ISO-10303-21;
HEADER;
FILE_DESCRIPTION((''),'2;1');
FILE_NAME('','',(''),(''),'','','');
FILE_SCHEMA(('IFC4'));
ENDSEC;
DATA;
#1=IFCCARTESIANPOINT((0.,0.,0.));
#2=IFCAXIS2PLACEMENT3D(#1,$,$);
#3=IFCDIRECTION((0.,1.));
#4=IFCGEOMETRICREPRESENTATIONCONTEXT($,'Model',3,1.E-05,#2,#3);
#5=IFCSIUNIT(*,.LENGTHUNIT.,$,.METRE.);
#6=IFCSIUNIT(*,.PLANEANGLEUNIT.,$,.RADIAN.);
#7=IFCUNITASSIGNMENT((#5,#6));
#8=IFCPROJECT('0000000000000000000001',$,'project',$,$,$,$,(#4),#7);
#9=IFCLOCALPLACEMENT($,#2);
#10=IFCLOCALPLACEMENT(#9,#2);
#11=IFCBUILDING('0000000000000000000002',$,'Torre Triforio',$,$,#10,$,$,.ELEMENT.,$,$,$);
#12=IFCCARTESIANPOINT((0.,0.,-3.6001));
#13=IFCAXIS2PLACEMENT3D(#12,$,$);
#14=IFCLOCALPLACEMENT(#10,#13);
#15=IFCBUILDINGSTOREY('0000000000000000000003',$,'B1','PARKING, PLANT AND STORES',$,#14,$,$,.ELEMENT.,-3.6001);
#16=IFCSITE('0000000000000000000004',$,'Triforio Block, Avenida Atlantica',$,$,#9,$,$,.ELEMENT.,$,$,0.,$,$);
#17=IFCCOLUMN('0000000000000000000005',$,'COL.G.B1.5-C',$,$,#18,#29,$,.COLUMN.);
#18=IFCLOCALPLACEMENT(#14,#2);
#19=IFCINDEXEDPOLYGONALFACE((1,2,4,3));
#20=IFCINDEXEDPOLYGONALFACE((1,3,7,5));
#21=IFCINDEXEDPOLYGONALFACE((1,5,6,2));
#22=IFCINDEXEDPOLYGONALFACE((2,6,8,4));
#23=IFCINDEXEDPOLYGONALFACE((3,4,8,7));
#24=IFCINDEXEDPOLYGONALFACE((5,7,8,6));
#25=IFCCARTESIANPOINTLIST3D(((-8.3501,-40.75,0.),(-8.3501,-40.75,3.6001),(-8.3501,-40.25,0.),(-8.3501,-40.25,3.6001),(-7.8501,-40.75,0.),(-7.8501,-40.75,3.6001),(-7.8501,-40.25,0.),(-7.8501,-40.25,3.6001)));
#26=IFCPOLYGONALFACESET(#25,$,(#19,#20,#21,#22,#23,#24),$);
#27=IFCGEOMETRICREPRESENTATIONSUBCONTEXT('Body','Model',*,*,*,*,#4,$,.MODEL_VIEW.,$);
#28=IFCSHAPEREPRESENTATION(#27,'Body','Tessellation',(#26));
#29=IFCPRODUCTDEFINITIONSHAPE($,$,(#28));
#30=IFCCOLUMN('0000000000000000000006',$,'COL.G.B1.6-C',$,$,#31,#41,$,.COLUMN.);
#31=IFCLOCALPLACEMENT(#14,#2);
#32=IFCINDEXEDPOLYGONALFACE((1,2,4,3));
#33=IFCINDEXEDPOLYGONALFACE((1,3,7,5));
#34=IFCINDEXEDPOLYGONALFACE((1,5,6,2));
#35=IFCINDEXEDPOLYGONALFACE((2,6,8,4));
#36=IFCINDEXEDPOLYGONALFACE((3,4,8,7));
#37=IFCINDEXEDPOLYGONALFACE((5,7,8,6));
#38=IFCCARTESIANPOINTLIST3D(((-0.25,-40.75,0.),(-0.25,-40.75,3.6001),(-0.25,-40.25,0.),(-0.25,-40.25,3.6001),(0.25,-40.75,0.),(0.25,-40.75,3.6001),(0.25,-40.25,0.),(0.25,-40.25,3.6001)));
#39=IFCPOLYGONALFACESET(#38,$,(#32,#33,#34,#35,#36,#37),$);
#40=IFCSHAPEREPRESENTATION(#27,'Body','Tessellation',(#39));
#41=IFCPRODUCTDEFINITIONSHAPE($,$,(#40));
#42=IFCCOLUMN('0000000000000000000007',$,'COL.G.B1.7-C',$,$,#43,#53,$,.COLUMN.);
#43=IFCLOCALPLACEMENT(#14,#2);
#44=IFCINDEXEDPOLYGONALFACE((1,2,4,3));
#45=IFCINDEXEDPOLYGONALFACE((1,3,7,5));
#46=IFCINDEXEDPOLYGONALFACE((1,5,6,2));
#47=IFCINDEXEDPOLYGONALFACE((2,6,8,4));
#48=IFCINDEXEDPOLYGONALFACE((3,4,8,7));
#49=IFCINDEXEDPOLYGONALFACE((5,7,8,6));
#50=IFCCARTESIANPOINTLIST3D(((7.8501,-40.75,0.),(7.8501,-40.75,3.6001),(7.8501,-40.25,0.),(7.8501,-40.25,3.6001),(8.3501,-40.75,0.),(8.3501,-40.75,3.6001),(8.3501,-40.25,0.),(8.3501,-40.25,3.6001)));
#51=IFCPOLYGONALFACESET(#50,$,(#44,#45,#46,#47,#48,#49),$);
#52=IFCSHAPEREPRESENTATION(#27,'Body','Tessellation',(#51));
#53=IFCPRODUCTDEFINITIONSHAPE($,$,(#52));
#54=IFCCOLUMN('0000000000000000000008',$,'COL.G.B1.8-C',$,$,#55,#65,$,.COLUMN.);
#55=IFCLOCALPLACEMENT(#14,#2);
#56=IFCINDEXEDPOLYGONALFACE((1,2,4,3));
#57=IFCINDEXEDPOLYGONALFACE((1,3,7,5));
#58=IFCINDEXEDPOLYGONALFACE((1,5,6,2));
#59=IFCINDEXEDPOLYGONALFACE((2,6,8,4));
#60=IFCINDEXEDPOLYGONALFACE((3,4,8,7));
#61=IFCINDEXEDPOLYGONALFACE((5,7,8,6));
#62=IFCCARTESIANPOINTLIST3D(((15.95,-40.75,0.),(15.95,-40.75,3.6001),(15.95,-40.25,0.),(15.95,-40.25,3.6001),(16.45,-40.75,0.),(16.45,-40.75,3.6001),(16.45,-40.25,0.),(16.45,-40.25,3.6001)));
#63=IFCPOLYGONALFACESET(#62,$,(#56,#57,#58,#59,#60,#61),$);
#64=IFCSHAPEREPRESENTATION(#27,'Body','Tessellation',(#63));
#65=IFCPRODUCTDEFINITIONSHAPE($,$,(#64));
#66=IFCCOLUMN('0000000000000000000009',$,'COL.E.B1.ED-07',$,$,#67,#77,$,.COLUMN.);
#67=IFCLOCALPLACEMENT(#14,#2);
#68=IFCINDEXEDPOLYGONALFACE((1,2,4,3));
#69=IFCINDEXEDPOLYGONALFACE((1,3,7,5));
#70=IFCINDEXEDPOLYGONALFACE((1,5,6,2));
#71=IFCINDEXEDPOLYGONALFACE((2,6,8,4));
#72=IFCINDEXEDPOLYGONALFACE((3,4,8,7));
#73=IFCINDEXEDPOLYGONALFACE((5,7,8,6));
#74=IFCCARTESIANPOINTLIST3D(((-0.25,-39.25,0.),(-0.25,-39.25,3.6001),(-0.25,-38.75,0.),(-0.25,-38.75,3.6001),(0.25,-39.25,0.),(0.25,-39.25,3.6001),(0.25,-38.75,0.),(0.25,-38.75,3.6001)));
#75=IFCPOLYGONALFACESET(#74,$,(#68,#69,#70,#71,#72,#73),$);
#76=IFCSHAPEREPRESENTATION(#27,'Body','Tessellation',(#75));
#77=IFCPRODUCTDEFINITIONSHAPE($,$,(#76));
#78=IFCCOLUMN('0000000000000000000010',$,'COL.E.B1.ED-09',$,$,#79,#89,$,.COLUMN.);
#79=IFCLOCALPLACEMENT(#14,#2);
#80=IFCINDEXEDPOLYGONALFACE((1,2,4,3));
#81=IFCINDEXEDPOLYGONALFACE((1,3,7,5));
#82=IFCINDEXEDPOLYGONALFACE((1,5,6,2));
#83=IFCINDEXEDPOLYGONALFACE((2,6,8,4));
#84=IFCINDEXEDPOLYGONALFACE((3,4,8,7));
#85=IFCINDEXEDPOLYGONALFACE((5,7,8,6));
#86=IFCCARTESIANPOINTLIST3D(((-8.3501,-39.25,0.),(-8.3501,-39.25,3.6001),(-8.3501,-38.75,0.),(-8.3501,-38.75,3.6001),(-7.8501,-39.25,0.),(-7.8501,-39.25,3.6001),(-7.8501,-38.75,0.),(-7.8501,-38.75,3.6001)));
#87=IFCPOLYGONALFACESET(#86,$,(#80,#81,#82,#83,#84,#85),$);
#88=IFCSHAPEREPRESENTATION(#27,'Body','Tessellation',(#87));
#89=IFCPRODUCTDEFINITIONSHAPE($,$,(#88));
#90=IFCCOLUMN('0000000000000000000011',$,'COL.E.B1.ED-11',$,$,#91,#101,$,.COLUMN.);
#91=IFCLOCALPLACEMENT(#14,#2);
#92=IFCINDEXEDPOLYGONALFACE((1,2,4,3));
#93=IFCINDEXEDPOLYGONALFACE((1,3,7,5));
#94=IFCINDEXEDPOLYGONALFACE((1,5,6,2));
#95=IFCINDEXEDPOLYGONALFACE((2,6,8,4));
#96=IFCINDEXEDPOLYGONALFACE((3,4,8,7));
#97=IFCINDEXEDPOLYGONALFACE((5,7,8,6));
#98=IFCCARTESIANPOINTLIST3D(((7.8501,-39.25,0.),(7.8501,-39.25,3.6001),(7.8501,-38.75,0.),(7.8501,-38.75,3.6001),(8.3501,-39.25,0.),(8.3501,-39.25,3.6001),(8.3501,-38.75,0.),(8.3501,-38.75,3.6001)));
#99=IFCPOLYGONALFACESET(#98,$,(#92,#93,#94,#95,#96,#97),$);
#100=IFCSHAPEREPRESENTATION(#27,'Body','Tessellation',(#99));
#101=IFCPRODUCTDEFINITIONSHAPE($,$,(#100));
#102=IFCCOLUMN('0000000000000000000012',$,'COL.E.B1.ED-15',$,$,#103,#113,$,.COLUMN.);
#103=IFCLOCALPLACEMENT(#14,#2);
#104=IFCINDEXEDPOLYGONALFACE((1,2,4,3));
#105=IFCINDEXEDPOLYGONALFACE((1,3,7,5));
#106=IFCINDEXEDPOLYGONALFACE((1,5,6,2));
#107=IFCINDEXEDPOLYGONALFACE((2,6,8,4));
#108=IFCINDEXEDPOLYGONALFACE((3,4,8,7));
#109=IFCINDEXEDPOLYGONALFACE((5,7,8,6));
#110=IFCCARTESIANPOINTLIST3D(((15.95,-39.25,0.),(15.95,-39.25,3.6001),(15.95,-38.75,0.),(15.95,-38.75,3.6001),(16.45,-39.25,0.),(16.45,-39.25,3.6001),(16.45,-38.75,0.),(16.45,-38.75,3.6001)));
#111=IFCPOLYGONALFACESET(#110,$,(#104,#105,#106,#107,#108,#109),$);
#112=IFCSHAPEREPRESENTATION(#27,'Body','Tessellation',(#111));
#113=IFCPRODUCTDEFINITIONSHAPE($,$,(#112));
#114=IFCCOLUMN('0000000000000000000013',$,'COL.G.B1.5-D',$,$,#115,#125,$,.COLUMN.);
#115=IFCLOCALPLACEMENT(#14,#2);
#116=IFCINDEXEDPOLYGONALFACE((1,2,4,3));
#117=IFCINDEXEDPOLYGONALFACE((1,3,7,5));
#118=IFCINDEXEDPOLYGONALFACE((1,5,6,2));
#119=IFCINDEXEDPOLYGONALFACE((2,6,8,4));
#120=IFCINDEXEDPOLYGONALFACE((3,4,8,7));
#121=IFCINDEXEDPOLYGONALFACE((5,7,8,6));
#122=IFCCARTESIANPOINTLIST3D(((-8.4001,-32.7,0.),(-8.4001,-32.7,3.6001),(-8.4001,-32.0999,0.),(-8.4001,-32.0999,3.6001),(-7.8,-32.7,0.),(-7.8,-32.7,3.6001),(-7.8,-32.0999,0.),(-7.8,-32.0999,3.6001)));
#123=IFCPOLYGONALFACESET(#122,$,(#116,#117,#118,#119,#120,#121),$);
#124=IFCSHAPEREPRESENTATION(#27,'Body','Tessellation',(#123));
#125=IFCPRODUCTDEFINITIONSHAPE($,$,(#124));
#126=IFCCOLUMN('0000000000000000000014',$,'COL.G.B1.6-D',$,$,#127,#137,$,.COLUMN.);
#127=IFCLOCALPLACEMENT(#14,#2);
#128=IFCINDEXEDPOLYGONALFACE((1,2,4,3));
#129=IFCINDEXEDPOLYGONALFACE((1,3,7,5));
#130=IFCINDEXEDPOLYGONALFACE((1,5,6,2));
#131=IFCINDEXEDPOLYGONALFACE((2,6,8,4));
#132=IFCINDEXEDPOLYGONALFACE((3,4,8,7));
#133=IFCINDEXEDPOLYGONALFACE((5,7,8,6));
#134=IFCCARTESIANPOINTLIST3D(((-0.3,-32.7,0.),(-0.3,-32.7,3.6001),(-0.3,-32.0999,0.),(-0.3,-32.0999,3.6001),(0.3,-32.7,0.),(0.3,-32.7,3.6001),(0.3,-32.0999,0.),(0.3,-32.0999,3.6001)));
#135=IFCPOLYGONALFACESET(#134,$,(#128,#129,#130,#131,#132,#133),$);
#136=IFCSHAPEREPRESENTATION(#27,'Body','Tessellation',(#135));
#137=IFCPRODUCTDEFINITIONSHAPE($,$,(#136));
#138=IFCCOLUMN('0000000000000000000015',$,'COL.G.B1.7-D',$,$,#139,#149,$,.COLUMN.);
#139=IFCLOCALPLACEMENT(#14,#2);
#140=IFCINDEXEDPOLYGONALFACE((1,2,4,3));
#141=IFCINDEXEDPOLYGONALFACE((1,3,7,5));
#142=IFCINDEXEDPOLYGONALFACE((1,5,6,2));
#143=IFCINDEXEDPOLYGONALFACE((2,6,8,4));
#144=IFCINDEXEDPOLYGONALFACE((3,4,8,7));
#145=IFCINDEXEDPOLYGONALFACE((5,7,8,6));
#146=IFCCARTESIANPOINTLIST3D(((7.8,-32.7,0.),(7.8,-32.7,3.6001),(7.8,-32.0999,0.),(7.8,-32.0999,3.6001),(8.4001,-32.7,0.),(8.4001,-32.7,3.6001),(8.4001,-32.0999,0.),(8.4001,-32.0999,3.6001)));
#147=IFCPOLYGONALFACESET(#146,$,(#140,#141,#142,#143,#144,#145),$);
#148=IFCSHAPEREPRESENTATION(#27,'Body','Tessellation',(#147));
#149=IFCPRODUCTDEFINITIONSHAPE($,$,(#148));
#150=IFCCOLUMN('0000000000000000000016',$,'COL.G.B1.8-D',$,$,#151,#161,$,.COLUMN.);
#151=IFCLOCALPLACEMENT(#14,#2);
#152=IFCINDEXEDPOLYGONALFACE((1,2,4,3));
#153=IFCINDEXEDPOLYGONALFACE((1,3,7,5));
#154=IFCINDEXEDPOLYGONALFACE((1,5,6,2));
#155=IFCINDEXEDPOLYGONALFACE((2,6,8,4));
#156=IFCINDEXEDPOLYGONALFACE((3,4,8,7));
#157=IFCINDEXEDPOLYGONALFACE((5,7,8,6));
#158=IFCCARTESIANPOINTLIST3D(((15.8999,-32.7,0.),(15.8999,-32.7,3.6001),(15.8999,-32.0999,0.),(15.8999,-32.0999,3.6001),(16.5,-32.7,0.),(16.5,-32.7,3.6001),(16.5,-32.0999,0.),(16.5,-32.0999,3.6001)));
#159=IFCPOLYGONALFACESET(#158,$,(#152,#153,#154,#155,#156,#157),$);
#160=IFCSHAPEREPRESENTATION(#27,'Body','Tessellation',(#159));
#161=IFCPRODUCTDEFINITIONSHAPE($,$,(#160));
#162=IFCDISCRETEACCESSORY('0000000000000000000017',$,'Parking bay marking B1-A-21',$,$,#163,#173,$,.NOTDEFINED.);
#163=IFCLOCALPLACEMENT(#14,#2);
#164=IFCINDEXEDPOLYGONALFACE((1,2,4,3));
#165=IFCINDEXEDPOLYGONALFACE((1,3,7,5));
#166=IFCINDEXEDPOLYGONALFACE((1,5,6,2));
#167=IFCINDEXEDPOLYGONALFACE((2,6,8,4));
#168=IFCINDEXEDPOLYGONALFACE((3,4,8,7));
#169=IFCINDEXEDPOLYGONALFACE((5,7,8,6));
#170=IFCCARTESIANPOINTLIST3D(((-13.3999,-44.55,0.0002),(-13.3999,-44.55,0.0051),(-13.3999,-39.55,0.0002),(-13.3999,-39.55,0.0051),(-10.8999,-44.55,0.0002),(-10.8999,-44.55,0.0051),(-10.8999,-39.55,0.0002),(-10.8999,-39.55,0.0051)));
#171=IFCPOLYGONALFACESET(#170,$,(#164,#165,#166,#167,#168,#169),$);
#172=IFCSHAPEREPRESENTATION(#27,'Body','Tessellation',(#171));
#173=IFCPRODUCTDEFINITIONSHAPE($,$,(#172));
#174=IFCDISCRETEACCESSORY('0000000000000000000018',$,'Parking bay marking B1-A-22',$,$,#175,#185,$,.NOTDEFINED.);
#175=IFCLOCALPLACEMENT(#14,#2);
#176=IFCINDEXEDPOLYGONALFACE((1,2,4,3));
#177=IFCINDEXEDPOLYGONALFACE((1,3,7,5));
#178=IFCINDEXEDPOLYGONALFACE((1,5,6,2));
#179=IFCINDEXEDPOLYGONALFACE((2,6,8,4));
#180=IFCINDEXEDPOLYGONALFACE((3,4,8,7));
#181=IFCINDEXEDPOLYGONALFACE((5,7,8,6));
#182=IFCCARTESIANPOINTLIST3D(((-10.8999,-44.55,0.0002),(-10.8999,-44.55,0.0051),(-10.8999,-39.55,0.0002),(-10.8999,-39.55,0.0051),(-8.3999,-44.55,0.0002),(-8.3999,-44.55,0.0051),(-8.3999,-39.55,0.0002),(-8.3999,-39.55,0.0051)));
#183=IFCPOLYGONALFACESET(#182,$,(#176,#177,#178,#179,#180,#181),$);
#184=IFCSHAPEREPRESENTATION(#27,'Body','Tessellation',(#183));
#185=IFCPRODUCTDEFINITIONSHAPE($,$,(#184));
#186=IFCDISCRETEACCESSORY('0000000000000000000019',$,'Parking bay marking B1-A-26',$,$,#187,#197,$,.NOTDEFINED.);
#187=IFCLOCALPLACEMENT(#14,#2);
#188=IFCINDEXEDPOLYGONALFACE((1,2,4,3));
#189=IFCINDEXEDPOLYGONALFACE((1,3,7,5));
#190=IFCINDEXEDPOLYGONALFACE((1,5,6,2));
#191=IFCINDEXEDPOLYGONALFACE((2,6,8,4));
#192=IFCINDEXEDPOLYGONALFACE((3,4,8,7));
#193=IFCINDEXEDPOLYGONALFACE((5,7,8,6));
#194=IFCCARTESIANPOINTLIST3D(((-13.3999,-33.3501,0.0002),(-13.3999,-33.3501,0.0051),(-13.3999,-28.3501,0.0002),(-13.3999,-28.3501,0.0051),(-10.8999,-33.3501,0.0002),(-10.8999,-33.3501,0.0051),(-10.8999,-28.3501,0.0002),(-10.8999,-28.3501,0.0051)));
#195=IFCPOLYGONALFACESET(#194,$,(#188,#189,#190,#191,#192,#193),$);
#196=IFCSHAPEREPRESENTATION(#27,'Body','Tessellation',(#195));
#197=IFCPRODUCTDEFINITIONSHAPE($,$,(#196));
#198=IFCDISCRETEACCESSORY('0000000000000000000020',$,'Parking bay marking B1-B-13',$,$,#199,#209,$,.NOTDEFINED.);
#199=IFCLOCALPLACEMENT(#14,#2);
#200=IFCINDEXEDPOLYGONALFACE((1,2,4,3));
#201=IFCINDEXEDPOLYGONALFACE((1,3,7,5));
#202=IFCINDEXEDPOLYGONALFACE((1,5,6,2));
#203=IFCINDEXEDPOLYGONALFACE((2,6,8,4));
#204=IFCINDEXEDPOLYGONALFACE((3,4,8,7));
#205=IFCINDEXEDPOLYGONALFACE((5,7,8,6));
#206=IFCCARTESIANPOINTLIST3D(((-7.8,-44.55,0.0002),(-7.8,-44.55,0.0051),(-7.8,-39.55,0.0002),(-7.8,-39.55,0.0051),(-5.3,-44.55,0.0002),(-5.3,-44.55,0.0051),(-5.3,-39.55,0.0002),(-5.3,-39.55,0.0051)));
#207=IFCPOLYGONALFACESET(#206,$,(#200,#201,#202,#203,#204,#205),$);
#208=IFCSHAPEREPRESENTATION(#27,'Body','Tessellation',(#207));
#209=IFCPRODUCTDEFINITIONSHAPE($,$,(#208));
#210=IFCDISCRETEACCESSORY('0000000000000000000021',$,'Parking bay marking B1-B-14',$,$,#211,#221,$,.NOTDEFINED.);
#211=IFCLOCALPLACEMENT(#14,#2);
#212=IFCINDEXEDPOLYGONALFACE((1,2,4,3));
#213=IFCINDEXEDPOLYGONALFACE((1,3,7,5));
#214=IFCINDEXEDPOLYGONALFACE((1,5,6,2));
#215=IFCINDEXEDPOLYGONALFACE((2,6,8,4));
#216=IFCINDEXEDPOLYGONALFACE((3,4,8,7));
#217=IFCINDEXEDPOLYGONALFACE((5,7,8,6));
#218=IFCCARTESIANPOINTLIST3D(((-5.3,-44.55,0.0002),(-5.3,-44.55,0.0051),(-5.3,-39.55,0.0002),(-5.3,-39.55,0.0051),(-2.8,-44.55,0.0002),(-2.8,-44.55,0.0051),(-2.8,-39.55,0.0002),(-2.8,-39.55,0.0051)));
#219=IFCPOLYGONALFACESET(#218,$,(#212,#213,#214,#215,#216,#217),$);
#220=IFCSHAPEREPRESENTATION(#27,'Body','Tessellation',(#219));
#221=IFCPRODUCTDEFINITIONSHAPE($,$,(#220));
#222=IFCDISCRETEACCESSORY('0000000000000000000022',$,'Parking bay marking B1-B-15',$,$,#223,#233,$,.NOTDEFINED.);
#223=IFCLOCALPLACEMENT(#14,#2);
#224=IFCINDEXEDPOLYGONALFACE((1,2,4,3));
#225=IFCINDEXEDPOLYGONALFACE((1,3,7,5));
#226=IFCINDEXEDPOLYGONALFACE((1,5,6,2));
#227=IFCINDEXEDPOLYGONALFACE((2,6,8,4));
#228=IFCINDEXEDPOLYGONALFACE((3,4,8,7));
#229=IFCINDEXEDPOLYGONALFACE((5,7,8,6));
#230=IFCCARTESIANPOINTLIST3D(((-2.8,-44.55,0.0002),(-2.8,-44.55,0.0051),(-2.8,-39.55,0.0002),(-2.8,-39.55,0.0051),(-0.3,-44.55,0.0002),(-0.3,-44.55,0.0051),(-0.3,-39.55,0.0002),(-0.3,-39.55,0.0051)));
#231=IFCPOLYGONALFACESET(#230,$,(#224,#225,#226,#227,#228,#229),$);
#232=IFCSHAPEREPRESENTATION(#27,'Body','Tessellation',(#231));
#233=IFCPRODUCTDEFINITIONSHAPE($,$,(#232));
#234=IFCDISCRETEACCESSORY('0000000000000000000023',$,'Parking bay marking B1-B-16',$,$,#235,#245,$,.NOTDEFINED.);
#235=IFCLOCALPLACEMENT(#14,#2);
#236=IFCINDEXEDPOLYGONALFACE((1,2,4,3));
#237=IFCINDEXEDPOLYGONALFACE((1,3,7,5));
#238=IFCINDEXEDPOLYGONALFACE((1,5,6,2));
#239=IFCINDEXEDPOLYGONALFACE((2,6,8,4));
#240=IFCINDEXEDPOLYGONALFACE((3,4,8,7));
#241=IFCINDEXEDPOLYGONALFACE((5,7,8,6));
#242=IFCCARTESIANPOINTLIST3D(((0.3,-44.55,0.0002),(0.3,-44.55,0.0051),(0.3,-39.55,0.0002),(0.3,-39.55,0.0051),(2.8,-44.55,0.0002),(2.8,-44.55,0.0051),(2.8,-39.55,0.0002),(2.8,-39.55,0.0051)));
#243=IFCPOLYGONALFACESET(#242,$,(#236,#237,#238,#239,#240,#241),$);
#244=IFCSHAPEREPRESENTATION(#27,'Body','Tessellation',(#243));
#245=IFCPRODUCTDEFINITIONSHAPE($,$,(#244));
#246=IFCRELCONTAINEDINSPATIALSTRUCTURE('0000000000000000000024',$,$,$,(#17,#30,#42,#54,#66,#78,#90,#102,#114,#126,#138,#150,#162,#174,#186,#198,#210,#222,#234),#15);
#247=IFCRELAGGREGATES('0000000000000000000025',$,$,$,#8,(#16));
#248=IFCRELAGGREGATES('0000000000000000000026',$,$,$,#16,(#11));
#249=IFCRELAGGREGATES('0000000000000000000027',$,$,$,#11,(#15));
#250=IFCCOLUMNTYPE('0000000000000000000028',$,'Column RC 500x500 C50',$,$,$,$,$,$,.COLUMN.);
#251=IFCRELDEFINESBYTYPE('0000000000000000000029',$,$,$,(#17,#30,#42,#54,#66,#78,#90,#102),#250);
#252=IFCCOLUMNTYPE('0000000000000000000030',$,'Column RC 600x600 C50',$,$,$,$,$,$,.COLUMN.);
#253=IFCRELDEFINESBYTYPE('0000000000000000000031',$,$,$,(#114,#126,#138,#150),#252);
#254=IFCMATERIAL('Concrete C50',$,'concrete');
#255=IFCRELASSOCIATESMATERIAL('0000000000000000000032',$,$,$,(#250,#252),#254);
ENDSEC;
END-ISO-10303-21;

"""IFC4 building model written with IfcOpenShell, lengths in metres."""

from ifc_helpers import new_model, si_unit, direction, frame, origin, origin_2d, place, context, subcontext, project, spatial, rectangle, extrude, material, material_profile, profile_set, type_object, element, save


model = new_model("IFC4")

# Units and contexts
model_context = context("Model", 3, precision=1e-05, world=origin(), true_north=direction((0.0, 1.0)))
body_context = subcontext(model_context, "Body", "Model", "MODEL_VIEW")
ifc_project = project(units=[si_unit("LENGTHUNIT", "METRE"), si_unit("PLANEANGLEUNIT", "RADIAN")], contexts=[model_context])

# Site, building, storey
site_placement = place(None, origin())
site = spatial("IfcSite", under=ifc_project, at=site_placement, Name="Triforio Block, Avenida Atlantica", CompositionType="ELEMENT", RefElevation=0.0)
building_placement = place(site_placement, origin())
building = spatial("IfcBuilding", under=site, at=building_placement, Name="Torre Triforio", CompositionType="ELEMENT")
storey_placement = place(building_placement, frame((0.0, 0.0, -3.6001)))
storey = spatial("IfcBuildingStorey", under=building, at=storey_placement, Name="B1", Description="PARKING, PLANT AND STORES", CompositionType="ELEMENT", Elevation=-3.6001)

# Columns
ifc_material = material(Name="Concrete C50", Category="concrete")
ifc_material_profile_1 = material_profile(ifc_material, rectangle(XDim=0.5, YDim=0.5, at=origin_2d()), Name="RC 500x500")
ifc_profile_set_1 = profile_set([ifc_material_profile_1], Name="Concrete C50")
column_type_1 = type_object("IfcColumnType", Name="Column RC 500x500 C50", PredefinedType="COLUMN", material=ifc_profile_set_1)
for number, where, z_axis, x_axis, name in (
    (1, (-8.1001, -40.5, 0.0), (0.0, 0.0, 1.0), (1.0, 0.0, 0.0), "COL.G.B1.5-C"),
    (2, (0.0, -40.5, 0.0), (0.0, 0.0, 1.0), (1.0, 0.0, 0.0), "COL.G.B1.6-C"),
    (3, (8.1001, -40.5, 0.0), (0.0, 0.0, 1.0), (1.0, 0.0, 0.0), "COL.G.B1.7-C"),
    (4, (16.2, -40.5, 0.0), (0.0, 0.0, 1.0), (1.0, 0.0, 0.0), "COL.G.B1.8-C"),
    (5, (0.0, -39.0, 0.0), (0.0, 0.0, 1.0), (1.0, 0.0, 0.0), "COL.E.B1.ED-07"),
    (6, (-8.1001, -39.0, 0.0), (0.0, 0.0, 1.0), (1.0, 0.0, 0.0), "COL.E.B1.ED-09"),
    (7, (8.1001, -39.0, 0.0), (0.0, 0.0, 1.0), (1.0, 0.0, 0.0), "COL.E.B1.ED-11"),
    (8, (16.2, -39.0, 0.0), (0.0, 0.0, 1.0), (1.0, 0.0, 0.0), "COL.E.B1.ED-15"),
):
    element("IfcColumn", number, at=place(storey_placement, frame(where, z_axis=z_axis, x_axis=x_axis)), inside=storey, type_object=column_type_1, Name=name, PredefinedType="COLUMN", context=body_context, shape_type="SweptSolid", body=[
        extrude(rectangle(XDim=0.5, YDim=0.5, at=origin_2d()), origin(), (0.0, 0.0, 1.0), 3.6001),
    ])
ifc_material_profile_2 = material_profile(ifc_material, rectangle(XDim=0.6001, YDim=0.6001, at=origin_2d()), Name="RC 600x600")
ifc_profile_set_2 = profile_set([ifc_material_profile_2], Name="Concrete C50")
column_type_2 = type_object("IfcColumnType", Name="Column RC 600x600 C50", PredefinedType="COLUMN", material=ifc_profile_set_2)
for number, where, z_axis, x_axis, name in (
    (9, (-8.1001, -32.3999, 0.0), (0.0, 0.0, 1.0), (1.0, 0.0, 0.0), "COL.G.B1.5-D"),
    (10, (0.0, -32.3999, 0.0), (0.0, 0.0, 1.0), (1.0, 0.0, 0.0), "COL.G.B1.6-D"),
    (11, (8.1001, -32.3999, 0.0), (0.0, 0.0, 1.0), (1.0, 0.0, 0.0), "COL.G.B1.7-D"),
    (12, (16.2, -32.3999, 0.0), (0.0, 0.0, 1.0), (1.0, 0.0, 0.0), "COL.G.B1.8-D"),
):
    element("IfcColumn", number, at=place(storey_placement, frame(where, z_axis=z_axis, x_axis=x_axis)), inside=storey, type_object=column_type_2, Name=name, PredefinedType="COLUMN", context=body_context, shape_type="SweptSolid", body=[
        extrude(rectangle(XDim=0.6001, YDim=0.6001, at=origin_2d()), origin(), (0.0, 0.0, 1.0), 3.6001),
    ])

# Discrete accessories
for number, where, z_axis, x_axis, name in (
    (13, (-12.1499, -42.05, 0.0002), (0.0, 0.0, 1.0), (1.0, 0.0, 0.0), "Parking bay marking B1-A-21"),
    (14, (-9.6499, -42.05, 0.0002), (0.0, 0.0, 1.0), (1.0, 0.0, 0.0), "Parking bay marking B1-A-22"),
    (15, (-12.1499, -30.8501, 0.0002), (0.0, 0.0, 1.0), (1.0, 0.0, 0.0), "Parking bay marking B1-A-26"),
    (16, (-6.55, -42.05, 0.0002), (0.0, 0.0, 1.0), (1.0, 0.0, 0.0), "Parking bay marking B1-B-13"),
    (17, (-4.05, -42.05, 0.0002), (0.0, 0.0, 1.0), (1.0, 0.0, 0.0), "Parking bay marking B1-B-14"),
    (18, (-1.55, -42.05, 0.0002), (0.0, 0.0, 1.0), (1.0, 0.0, 0.0), "Parking bay marking B1-B-15"),
    (19, (1.55, -42.05, 0.0002), (0.0, 0.0, 1.0), (1.0, 0.0, 0.0), "Parking bay marking B1-B-16"),
):
    element("IfcDiscreteAccessory", number, at=place(storey_placement, frame(where, z_axis=z_axis, x_axis=x_axis)), inside=storey, Name=name, PredefinedType="NOTDEFINED", context=body_context, shape_type="SweptSolid", body=[
        extrude(rectangle(XDim=2.5, YDim=5.0, at=origin_2d()), origin(), (0.0, 0.0, 1.0), 0.0049),
    ])

save(model, "model.ifc")
